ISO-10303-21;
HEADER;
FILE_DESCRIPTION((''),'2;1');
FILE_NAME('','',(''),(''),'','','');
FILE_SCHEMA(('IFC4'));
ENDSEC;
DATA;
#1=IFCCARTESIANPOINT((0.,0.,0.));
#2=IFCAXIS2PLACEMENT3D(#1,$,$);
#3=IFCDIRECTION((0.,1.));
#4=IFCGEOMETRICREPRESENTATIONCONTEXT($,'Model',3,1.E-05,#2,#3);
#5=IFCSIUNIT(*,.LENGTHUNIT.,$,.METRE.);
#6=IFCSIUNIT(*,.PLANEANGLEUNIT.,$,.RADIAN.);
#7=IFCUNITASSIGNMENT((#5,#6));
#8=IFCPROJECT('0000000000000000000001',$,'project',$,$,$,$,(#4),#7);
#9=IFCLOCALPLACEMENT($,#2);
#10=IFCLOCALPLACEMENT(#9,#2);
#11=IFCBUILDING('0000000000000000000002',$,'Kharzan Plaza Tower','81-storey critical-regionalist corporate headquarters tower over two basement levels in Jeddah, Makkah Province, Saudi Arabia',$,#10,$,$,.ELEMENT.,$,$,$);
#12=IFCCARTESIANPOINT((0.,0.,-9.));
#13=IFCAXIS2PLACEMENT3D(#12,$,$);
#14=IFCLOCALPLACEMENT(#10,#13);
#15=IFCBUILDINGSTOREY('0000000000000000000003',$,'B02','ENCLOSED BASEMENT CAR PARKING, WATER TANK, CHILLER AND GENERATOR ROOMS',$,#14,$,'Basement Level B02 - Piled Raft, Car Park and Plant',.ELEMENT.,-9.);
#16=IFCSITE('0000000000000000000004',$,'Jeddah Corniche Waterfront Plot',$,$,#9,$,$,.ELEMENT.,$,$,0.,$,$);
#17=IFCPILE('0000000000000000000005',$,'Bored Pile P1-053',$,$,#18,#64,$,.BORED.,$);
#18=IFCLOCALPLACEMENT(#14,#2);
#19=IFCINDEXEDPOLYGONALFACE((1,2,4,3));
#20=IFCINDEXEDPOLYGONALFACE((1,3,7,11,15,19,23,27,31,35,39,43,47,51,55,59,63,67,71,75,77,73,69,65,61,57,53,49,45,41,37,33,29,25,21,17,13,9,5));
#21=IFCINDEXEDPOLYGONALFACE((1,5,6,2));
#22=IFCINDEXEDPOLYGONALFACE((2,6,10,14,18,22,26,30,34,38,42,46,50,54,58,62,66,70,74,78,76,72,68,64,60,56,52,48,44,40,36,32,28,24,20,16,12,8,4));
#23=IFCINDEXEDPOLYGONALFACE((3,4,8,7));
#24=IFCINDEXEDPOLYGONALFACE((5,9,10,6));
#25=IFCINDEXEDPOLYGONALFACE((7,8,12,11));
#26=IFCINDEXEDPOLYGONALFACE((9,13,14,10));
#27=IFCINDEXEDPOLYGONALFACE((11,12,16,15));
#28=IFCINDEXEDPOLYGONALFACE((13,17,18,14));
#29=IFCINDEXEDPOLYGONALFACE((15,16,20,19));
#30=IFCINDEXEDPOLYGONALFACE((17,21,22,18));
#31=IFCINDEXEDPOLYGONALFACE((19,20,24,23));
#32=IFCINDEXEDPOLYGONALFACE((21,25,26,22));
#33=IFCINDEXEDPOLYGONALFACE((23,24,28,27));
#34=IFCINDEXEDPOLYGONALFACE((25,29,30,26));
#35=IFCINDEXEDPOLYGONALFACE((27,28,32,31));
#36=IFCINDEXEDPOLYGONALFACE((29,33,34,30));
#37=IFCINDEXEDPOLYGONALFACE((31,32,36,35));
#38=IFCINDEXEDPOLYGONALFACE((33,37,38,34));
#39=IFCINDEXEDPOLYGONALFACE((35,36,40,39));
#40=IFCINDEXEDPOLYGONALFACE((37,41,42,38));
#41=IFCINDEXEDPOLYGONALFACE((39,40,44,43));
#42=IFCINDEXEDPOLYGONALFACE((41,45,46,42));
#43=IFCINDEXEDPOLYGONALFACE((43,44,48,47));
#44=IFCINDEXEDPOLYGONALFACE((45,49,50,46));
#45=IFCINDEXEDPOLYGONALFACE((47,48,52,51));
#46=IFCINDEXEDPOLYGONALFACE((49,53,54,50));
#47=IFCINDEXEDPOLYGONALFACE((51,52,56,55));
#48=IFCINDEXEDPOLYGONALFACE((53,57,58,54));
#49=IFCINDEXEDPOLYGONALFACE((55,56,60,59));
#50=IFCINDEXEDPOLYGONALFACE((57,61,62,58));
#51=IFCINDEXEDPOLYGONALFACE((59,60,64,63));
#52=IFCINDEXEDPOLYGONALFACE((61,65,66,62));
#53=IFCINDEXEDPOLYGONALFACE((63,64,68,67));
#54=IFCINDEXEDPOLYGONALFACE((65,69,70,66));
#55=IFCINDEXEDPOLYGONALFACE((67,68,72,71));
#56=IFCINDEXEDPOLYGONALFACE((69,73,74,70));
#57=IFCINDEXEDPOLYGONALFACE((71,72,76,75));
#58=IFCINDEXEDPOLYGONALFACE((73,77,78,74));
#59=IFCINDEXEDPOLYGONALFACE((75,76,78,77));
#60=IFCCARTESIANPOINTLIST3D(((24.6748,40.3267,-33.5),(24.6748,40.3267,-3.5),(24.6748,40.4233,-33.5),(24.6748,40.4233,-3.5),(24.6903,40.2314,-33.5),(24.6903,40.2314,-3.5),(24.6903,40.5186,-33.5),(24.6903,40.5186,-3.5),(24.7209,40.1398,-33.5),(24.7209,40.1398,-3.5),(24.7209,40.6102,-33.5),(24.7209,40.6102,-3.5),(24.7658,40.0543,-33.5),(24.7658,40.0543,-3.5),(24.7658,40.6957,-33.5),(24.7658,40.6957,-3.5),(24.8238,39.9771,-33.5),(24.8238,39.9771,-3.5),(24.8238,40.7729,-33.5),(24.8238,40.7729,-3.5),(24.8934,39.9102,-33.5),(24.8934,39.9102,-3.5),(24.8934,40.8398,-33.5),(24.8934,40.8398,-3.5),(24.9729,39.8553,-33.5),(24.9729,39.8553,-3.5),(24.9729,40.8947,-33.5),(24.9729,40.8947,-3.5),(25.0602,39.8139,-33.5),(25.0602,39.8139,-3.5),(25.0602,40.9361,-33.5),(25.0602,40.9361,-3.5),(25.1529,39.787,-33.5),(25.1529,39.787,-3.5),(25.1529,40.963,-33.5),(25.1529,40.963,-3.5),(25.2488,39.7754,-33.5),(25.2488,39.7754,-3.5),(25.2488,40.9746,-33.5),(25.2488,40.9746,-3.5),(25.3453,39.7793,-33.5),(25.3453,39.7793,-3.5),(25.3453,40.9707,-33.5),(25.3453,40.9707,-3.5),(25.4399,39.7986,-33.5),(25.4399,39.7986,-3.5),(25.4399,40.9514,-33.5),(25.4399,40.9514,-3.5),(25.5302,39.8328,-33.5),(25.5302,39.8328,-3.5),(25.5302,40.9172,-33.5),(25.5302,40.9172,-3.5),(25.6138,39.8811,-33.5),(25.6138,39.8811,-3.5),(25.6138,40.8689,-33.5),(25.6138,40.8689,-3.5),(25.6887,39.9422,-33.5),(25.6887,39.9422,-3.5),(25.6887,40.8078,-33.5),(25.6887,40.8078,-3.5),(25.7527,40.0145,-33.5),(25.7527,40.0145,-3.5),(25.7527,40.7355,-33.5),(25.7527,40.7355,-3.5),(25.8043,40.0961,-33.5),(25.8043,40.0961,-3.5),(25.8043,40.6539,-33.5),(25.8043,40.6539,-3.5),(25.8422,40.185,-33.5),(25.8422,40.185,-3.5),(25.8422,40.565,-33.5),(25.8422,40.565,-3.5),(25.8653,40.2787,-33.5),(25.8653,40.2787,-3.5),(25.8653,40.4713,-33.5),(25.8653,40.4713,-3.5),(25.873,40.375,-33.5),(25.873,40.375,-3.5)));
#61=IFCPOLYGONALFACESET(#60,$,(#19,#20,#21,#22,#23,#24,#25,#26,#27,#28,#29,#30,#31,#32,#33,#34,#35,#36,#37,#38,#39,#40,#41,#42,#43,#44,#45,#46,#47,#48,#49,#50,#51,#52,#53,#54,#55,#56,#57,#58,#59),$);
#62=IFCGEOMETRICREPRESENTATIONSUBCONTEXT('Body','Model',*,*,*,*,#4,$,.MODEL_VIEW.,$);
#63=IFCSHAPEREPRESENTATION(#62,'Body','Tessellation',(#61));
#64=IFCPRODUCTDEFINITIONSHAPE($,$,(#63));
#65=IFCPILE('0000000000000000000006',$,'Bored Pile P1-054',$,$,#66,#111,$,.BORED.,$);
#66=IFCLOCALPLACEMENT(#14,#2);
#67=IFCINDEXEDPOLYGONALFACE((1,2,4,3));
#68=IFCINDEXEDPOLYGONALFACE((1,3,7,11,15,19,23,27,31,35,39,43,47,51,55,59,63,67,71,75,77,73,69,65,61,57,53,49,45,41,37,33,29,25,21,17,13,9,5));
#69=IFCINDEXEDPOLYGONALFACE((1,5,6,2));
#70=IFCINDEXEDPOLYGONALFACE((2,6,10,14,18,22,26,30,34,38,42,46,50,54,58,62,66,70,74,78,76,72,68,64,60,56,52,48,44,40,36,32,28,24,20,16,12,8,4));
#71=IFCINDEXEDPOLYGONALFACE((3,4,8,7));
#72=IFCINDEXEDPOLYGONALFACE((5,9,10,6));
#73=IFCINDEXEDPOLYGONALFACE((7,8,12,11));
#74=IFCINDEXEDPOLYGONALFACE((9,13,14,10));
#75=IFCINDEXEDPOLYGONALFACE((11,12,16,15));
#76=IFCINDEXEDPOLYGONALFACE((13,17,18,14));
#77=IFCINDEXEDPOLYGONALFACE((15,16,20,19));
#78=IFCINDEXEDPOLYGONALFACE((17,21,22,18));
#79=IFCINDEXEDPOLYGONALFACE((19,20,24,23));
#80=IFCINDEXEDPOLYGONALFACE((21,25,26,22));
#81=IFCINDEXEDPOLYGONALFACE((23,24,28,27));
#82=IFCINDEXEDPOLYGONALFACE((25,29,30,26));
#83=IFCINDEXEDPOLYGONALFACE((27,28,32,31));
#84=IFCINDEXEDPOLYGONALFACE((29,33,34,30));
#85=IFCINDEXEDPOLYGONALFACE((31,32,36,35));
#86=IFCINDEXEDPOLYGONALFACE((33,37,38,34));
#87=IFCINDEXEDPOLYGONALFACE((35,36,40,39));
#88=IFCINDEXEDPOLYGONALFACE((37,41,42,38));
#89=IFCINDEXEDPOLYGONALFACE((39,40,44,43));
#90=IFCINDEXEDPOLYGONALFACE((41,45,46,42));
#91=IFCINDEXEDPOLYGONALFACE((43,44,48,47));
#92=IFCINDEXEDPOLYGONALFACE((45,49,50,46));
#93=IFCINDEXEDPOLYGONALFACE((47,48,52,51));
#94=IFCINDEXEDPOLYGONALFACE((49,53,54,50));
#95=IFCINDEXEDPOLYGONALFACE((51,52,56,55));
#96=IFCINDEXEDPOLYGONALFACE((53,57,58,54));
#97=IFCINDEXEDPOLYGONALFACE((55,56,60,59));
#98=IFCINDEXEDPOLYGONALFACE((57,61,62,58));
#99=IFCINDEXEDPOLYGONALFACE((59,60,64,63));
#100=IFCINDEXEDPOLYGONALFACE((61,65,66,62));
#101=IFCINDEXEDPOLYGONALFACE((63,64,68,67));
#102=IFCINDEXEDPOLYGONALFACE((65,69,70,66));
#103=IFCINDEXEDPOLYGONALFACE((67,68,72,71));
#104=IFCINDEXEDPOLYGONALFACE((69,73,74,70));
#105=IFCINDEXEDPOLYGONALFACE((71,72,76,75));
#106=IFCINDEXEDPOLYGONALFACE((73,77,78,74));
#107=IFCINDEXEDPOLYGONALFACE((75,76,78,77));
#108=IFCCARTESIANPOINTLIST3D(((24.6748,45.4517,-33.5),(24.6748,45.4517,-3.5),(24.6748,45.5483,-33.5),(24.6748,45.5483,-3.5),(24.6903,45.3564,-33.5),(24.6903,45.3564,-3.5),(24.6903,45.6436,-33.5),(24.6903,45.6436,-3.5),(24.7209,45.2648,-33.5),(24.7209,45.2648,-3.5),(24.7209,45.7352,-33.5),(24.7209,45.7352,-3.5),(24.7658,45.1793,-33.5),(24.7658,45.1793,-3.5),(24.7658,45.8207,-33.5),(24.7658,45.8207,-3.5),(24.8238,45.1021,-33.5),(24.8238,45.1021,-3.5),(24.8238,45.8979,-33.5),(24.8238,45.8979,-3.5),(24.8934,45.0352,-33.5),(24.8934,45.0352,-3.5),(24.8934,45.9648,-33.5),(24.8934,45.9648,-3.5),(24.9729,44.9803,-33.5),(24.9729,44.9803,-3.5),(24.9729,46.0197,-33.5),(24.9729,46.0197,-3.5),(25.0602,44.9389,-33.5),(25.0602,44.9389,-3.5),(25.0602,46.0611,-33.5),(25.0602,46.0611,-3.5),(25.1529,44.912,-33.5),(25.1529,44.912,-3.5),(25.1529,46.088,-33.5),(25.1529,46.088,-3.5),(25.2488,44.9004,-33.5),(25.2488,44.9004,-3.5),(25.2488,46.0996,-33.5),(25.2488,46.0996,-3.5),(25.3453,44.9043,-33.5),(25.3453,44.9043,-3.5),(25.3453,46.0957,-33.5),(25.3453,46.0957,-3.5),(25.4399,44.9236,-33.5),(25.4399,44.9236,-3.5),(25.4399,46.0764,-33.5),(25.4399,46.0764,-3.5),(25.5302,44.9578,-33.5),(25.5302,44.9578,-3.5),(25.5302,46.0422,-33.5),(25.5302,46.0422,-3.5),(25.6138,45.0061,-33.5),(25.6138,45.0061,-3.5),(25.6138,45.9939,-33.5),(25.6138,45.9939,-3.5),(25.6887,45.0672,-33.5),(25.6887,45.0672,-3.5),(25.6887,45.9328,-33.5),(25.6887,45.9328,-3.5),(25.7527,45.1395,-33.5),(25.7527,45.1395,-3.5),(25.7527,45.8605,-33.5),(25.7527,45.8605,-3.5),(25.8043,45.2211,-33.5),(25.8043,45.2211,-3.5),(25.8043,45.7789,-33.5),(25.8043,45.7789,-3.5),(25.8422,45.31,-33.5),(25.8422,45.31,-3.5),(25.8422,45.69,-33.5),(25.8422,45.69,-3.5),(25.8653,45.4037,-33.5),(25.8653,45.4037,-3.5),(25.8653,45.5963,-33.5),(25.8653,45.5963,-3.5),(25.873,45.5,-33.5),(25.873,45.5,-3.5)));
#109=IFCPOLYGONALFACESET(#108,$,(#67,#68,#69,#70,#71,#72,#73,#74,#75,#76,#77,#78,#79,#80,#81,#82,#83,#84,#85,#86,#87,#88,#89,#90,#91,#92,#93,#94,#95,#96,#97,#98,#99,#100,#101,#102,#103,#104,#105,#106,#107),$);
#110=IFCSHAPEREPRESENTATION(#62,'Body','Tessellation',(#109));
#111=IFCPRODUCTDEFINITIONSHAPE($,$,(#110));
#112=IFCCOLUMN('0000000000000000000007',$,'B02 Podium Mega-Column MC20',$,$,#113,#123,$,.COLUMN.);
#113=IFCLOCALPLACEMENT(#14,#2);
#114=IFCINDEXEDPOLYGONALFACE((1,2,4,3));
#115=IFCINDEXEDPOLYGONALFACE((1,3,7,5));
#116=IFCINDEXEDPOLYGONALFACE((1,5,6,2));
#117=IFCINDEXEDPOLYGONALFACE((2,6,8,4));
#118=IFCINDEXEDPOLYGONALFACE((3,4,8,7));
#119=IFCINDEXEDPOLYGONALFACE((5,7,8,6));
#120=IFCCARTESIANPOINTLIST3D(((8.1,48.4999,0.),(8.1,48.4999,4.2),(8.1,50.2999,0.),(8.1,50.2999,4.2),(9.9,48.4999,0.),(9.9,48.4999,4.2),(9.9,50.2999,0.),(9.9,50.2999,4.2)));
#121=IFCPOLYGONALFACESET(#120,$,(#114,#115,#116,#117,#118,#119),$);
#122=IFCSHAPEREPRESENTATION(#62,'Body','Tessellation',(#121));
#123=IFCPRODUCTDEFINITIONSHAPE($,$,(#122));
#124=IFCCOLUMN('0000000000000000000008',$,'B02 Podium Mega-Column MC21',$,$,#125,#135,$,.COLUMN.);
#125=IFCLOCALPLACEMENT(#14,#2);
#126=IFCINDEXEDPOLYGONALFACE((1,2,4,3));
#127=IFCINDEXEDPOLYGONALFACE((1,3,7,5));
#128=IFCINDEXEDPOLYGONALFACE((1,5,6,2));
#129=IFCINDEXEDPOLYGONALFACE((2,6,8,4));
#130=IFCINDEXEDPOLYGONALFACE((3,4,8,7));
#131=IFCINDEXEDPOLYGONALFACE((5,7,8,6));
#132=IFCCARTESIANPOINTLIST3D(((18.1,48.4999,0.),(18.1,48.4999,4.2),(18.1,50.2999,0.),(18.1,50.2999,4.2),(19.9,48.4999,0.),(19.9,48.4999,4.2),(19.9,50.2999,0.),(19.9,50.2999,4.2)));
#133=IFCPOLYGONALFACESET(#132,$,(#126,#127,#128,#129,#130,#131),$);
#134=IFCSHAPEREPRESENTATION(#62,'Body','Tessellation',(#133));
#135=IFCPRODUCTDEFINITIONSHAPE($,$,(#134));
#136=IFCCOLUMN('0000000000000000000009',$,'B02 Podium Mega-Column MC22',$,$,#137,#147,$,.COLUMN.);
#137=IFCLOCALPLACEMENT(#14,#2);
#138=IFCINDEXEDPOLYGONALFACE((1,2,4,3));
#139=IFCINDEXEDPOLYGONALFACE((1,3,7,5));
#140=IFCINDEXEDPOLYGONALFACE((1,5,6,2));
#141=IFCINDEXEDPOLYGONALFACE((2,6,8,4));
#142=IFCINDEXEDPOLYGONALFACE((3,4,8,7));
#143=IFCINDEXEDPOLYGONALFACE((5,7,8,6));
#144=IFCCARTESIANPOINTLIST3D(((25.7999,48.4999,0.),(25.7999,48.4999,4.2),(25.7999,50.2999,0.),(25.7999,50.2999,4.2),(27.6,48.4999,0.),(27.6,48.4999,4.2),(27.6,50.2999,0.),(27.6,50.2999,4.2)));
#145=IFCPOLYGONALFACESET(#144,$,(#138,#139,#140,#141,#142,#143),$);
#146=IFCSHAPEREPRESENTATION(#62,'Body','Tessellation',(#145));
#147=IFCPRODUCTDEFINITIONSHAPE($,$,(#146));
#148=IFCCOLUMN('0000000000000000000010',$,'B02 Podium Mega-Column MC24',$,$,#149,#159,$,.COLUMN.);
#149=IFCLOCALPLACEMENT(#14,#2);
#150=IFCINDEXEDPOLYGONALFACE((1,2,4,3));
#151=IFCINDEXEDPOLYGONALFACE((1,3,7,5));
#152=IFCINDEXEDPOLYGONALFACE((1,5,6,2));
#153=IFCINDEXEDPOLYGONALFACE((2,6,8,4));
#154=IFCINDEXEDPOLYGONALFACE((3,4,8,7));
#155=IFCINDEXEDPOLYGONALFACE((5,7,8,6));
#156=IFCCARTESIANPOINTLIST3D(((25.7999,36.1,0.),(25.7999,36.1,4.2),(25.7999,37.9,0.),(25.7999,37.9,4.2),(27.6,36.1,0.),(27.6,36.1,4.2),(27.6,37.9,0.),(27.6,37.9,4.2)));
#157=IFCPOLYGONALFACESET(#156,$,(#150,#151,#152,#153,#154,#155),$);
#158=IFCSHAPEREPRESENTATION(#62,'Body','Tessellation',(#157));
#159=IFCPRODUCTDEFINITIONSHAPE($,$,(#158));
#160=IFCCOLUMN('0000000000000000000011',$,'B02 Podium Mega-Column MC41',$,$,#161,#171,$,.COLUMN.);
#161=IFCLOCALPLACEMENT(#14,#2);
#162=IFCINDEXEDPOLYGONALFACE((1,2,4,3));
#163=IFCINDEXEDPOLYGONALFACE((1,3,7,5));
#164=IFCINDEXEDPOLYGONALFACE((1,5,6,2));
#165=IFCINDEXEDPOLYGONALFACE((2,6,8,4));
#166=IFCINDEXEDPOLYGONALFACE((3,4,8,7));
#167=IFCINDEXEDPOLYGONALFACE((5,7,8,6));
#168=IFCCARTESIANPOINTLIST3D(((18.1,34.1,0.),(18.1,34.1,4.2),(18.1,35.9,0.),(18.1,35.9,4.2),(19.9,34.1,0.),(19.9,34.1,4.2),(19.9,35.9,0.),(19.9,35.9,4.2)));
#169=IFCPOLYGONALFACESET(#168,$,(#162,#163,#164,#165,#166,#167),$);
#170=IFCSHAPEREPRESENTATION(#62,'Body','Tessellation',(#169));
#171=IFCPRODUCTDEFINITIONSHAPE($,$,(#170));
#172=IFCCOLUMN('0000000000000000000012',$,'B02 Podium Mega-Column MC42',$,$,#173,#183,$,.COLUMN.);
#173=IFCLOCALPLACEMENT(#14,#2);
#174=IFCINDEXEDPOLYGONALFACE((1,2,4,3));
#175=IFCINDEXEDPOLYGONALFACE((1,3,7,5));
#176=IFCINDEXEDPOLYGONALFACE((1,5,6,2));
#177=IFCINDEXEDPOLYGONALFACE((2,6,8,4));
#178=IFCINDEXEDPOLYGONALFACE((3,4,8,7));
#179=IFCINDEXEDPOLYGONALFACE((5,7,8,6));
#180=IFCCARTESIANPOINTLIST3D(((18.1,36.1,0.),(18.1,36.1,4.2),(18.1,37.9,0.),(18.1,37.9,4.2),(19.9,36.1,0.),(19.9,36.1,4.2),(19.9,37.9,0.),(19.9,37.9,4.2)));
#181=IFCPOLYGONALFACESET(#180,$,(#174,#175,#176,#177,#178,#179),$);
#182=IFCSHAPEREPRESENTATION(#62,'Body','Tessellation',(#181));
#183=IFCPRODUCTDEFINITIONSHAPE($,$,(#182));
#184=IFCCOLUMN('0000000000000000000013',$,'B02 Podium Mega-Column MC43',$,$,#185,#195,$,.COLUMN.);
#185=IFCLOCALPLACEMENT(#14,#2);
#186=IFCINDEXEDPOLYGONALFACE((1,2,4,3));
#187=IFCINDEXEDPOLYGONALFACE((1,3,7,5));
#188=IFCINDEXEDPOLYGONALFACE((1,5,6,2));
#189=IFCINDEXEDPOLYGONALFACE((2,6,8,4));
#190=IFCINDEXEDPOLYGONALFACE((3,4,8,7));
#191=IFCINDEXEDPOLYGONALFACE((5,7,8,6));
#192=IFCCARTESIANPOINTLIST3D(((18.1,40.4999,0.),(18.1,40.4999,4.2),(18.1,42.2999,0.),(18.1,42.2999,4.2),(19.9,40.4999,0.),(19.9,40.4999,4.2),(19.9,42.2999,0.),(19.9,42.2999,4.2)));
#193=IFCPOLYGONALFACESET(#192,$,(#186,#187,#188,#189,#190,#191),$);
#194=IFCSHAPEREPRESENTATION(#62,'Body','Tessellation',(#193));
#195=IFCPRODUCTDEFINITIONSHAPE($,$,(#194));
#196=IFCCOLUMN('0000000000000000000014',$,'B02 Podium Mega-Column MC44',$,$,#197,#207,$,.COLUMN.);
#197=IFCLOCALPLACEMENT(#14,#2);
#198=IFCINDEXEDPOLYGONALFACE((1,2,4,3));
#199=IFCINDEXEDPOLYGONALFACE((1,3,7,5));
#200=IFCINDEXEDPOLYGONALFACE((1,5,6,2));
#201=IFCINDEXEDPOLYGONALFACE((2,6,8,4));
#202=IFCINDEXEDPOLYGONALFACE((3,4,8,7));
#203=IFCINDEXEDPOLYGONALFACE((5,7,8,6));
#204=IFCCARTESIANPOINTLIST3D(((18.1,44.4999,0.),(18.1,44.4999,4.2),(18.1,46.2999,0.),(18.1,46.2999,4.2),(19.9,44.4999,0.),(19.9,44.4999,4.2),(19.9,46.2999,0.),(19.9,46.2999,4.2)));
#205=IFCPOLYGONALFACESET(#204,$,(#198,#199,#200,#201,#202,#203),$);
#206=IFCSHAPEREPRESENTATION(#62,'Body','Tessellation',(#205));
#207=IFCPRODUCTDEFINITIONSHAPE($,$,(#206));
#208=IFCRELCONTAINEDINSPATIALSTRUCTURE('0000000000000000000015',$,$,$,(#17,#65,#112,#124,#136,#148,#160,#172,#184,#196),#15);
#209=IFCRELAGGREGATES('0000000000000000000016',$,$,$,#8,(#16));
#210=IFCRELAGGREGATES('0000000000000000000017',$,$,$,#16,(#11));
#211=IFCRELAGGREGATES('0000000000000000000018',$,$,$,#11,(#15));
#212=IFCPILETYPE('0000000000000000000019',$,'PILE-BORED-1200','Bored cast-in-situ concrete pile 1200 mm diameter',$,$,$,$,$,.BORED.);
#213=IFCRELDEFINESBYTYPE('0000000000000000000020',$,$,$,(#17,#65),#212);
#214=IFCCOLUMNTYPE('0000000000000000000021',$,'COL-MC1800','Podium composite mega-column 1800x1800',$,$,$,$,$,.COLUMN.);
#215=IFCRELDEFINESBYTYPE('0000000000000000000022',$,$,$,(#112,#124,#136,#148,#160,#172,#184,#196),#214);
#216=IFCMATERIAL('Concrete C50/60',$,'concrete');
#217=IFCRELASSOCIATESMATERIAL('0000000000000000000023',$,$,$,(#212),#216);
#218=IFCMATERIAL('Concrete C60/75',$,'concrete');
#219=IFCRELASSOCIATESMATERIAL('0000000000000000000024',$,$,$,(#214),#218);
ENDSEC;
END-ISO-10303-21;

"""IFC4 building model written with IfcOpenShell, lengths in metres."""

from ifc_helpers import new_model, si_unit, direction, frame, origin, origin_2d, place, context, subcontext, project, spatial, rectangle, circle, extrude, source, transform, mapped, material, material_profile, profile_set, type_object, element, save


model = new_model("IFC4")

# Units and contexts
model_context = context("Model", 3, precision=1e-05, world=origin(), true_north=direction((0.0, 1.0)))
body_context = subcontext(model_context, "Body", "Model", "MODEL_VIEW")
ifc_project = project(units=[si_unit("LENGTHUNIT", "METRE"), si_unit("PLANEANGLEUNIT", "RADIAN")], contexts=[model_context])

# Site, building, storey
site_placement = place(None, origin())
site = spatial("IfcSite", under=ifc_project, at=site_placement, Name="Jeddah Corniche Waterfront Plot", CompositionType="ELEMENT", RefElevation=0.0)
building_placement = place(site_placement, origin())
building = spatial("IfcBuilding", under=site, at=building_placement, Name="Kharzan Plaza Tower", Description="81-storey critical-regionalist corporate headquarters tower over two basement levels in Jeddah, Makkah Province, Saudi Arabia", CompositionType="ELEMENT")
storey_placement = place(building_placement, frame((0.0, 0.0, -9.0)))
storey = spatial("IfcBuildingStorey", under=building, at=storey_placement, Name="B02", Description="ENCLOSED BASEMENT CAR PARKING, WATER TANK, CHILLER AND GENERATOR ROOMS", LongName="Basement Level B02 - Piled Raft, Car Park and Plant", CompositionType="ELEMENT", Elevation=-9.0)

# Piles
ifc_material_1 = material(Name="Concrete C50/60", Category="concrete")
ifc_material_profile_1 = material_profile(ifc_material_1, circle(Radius=0.6001, at=origin_2d()), Name="PILE-D1200")
ifc_profile_set_1 = profile_set([ifc_material_profile_1], Name="Concrete C50/60")
pile_type = type_object("IfcPileType", Name="PILE-BORED-1200", Description="Bored cast-in-situ concrete pile 1200 mm diameter", PredefinedType="BORED", material=ifc_profile_set_1)
shared_shape_1 = source(origin(), body_context, "Body", "SweptSolid", [
    extrude(circle(Radius=0.6001, at=origin_2d()), origin(), (0.0, 0.0, 1.0), 30.0),
])
for number, where, z_axis, x_axis, name in (
    (1, (25.2729, 40.375, -3.5), (0.0, 0.0, -1.0), (1.0, 0.0, 0.0), "Bored Pile P1-053"),
    (2, (25.2729, 45.5, -3.5), (0.0, 0.0, -1.0), (1.0, 0.0, 0.0), "Bored Pile P1-054"),
):
    element("IfcPile", number, at=place(storey_placement, frame(where, z_axis=z_axis, x_axis=x_axis)), inside=storey, type_object=pile_type, Name=name, PredefinedType="BORED", context=body_context, shape_type="MappedRepresentation", body=[
        mapped(shared_shape_1, transform((0.0, 0.0, 0.0), x_axis=(1.0, 0.0, 0.0), y_axis=(0.0, 1.0, 0.0), z_axis=(0.0, 0.0, 1.0))),
    ])

# Columns
ifc_material_2 = material(Name="Concrete C60/75", Category="concrete")
ifc_material_profile_2 = material_profile(ifc_material_2, rectangle(XDim=1.8, YDim=1.8, at=origin_2d()), Name="RC-MC1800x1800")
ifc_profile_set_2 = profile_set([ifc_material_profile_2], Name="Concrete C60/75")
column_type = type_object("IfcColumnType", Name="COL-MC1800", Description="Podium composite mega-column 1800x1800", PredefinedType="COLUMN", material=ifc_profile_set_2)
shared_shape_2 = source(origin(), body_context, "Body", "SweptSolid", [
    extrude(rectangle(XDim=1.8, YDim=1.8, at=origin_2d()), origin(), (0.0, 0.0, 1.0), 4.2),
])
for number, where, z_axis, x_axis, name in (
    (3, (9.0, 49.3999, 0.0), (0.0, 0.0, 1.0), (1.0, 0.0, 0.0), "B02 Podium Mega-Column MC20"),
    (4, (19.0, 49.3999, 0.0), (0.0, 0.0, 1.0), (1.0, 0.0, 0.0), "B02 Podium Mega-Column MC21"),
    (5, (26.7, 49.3999, 0.0), (0.0, 0.0, 1.0), (1.0, 0.0, 0.0), "B02 Podium Mega-Column MC22"),
    (6, (26.7, 37.0, 0.0), (0.0, 0.0, 1.0), (1.0, 0.0, 0.0), "B02 Podium Mega-Column MC24"),
    (7, (19.0, 35.0, 0.0), (0.0, 0.0, 1.0), (1.0, 0.0, 0.0), "B02 Podium Mega-Column MC41"),
    (8, (19.0, 37.0, 0.0), (0.0, 0.0, 1.0), (1.0, 0.0, 0.0), "B02 Podium Mega-Column MC42"),
    (9, (19.0, 41.3999, 0.0), (0.0, 0.0, 1.0), (1.0, 0.0, 0.0), "B02 Podium Mega-Column MC43"),
    (10, (19.0, 45.3999, 0.0), (0.0, 0.0, 1.0), (1.0, 0.0, 0.0), "B02 Podium Mega-Column MC44"),
):
    element("IfcColumn", number, at=place(storey_placement, frame(where, z_axis=z_axis, x_axis=x_axis)), inside=storey, type_object=column_type, Name=name, PredefinedType="COLUMN", context=body_context, shape_type="MappedRepresentation", body=[
        mapped(shared_shape_2, transform((0.0, 0.0, 0.0), x_axis=(1.0, 0.0, 0.0), y_axis=(0.0, 1.0, 0.0), z_axis=(0.0, 0.0, 1.0))),
    ])

save(model, "model.ifc")
